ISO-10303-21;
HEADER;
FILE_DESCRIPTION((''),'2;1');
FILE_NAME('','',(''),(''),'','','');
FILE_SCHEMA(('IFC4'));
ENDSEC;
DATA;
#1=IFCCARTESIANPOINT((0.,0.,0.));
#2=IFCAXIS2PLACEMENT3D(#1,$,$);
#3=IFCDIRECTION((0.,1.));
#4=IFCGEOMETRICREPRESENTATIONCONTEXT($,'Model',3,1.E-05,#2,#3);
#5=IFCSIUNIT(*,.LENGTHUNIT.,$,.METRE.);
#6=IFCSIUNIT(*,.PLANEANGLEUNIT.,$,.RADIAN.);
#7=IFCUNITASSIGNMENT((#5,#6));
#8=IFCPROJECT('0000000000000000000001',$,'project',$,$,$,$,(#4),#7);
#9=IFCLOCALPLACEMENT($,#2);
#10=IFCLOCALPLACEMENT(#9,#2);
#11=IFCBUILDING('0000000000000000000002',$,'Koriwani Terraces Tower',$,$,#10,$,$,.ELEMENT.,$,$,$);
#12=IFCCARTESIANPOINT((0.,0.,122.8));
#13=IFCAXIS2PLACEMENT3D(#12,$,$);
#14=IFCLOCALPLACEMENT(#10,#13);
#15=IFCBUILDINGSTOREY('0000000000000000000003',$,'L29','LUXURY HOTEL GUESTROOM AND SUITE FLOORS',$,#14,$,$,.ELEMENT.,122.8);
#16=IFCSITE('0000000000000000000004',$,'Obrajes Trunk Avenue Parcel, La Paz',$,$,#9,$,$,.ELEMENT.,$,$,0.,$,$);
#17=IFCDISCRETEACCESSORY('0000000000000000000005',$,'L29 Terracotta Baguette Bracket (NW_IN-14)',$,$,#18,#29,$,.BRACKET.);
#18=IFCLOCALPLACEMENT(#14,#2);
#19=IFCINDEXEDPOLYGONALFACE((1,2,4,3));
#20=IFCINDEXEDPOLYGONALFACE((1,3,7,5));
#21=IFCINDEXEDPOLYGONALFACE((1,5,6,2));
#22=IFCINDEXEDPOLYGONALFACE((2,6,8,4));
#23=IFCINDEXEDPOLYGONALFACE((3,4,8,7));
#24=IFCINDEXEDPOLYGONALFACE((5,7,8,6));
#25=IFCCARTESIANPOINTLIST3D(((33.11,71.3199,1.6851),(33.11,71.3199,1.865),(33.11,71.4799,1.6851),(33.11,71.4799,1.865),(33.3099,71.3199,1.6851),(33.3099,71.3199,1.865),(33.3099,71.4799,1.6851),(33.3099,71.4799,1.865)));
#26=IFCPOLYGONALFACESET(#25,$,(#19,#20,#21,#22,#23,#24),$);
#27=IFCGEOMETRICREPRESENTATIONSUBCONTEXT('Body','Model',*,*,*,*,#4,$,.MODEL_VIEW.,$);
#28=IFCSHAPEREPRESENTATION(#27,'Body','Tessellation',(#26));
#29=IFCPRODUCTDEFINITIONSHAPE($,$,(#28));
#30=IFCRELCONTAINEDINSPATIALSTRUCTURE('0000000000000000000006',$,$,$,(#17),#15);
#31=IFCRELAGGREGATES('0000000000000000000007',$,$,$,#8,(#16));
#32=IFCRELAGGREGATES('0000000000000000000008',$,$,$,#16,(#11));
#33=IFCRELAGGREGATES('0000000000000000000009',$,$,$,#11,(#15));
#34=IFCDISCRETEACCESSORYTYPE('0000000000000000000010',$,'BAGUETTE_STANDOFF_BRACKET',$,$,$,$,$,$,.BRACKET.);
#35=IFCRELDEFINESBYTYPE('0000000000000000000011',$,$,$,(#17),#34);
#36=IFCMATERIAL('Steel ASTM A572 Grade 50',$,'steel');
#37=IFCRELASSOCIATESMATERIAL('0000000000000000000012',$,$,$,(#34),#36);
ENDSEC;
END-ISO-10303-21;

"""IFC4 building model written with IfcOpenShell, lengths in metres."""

from ifc_helpers import new_model, si_unit, direction, frame, origin, origin_2d, place, context, subcontext, project, spatial, rectangle, extrude, material, type_object, element, save


model = new_model("IFC4")

# Units and contexts
model_context = context("Model", 3, precision=1e-05, world=origin(), true_north=direction((0.0, 1.0)))
body_context = subcontext(model_context, "Body", "Model", "MODEL_VIEW")
ifc_project = project(units=[si_unit("LENGTHUNIT", "METRE"), si_unit("PLANEANGLEUNIT", "RADIAN")], contexts=[model_context])

# Site, building, storey
site_placement = place(None, origin())
site = spatial("IfcSite", under=ifc_project, at=site_placement, Name="Obrajes Trunk Avenue Parcel, La Paz", CompositionType="ELEMENT", RefElevation=0.0)
building_placement = place(site_placement, origin())
building = spatial("IfcBuilding", under=site, at=building_placement, Name="Koriwani Terraces Tower", CompositionType="ELEMENT")
storey_placement = place(building_placement, frame((0.0, 0.0, 122.8)))
storey = spatial("IfcBuildingStorey", under=building, at=storey_placement, Name="L29", Description="LUXURY HOTEL GUESTROOM AND SUITE FLOORS", CompositionType="ELEMENT", Elevation=122.8)

# Shared definitions
ifc_material_1 = material(Name="Steel ASTM A572 Grade 50", Category="steel")

# Discrete accessory
discrete_accessory_type = type_object("IfcDiscreteAccessoryType", Name="BAGUETTE_STANDOFF_BRACKET", PredefinedType="BRACKET", material=ifc_material_1)
discrete_accessory_placement = place(storey_placement, frame((33.21, 71.3999, 1.6851), z_axis=(0.0, 0.0, 1.0), x_axis=(0.0, -1.0, 0.0)))
element("IfcDiscreteAccessory", 1, at=discrete_accessory_placement, inside=storey, type_object=discrete_accessory_type, Name="L29 Terracotta Baguette Bracket (NW_IN-14)", PredefinedType="BRACKET", context=body_context, shape_type="SweptSolid", body=[
    extrude(rectangle(XDim=0.1599, YDim=0.2, at=origin_2d()), origin(), (0.0, 0.0, 1.0), 0.1799),
])

save(model, "model.ifc")
